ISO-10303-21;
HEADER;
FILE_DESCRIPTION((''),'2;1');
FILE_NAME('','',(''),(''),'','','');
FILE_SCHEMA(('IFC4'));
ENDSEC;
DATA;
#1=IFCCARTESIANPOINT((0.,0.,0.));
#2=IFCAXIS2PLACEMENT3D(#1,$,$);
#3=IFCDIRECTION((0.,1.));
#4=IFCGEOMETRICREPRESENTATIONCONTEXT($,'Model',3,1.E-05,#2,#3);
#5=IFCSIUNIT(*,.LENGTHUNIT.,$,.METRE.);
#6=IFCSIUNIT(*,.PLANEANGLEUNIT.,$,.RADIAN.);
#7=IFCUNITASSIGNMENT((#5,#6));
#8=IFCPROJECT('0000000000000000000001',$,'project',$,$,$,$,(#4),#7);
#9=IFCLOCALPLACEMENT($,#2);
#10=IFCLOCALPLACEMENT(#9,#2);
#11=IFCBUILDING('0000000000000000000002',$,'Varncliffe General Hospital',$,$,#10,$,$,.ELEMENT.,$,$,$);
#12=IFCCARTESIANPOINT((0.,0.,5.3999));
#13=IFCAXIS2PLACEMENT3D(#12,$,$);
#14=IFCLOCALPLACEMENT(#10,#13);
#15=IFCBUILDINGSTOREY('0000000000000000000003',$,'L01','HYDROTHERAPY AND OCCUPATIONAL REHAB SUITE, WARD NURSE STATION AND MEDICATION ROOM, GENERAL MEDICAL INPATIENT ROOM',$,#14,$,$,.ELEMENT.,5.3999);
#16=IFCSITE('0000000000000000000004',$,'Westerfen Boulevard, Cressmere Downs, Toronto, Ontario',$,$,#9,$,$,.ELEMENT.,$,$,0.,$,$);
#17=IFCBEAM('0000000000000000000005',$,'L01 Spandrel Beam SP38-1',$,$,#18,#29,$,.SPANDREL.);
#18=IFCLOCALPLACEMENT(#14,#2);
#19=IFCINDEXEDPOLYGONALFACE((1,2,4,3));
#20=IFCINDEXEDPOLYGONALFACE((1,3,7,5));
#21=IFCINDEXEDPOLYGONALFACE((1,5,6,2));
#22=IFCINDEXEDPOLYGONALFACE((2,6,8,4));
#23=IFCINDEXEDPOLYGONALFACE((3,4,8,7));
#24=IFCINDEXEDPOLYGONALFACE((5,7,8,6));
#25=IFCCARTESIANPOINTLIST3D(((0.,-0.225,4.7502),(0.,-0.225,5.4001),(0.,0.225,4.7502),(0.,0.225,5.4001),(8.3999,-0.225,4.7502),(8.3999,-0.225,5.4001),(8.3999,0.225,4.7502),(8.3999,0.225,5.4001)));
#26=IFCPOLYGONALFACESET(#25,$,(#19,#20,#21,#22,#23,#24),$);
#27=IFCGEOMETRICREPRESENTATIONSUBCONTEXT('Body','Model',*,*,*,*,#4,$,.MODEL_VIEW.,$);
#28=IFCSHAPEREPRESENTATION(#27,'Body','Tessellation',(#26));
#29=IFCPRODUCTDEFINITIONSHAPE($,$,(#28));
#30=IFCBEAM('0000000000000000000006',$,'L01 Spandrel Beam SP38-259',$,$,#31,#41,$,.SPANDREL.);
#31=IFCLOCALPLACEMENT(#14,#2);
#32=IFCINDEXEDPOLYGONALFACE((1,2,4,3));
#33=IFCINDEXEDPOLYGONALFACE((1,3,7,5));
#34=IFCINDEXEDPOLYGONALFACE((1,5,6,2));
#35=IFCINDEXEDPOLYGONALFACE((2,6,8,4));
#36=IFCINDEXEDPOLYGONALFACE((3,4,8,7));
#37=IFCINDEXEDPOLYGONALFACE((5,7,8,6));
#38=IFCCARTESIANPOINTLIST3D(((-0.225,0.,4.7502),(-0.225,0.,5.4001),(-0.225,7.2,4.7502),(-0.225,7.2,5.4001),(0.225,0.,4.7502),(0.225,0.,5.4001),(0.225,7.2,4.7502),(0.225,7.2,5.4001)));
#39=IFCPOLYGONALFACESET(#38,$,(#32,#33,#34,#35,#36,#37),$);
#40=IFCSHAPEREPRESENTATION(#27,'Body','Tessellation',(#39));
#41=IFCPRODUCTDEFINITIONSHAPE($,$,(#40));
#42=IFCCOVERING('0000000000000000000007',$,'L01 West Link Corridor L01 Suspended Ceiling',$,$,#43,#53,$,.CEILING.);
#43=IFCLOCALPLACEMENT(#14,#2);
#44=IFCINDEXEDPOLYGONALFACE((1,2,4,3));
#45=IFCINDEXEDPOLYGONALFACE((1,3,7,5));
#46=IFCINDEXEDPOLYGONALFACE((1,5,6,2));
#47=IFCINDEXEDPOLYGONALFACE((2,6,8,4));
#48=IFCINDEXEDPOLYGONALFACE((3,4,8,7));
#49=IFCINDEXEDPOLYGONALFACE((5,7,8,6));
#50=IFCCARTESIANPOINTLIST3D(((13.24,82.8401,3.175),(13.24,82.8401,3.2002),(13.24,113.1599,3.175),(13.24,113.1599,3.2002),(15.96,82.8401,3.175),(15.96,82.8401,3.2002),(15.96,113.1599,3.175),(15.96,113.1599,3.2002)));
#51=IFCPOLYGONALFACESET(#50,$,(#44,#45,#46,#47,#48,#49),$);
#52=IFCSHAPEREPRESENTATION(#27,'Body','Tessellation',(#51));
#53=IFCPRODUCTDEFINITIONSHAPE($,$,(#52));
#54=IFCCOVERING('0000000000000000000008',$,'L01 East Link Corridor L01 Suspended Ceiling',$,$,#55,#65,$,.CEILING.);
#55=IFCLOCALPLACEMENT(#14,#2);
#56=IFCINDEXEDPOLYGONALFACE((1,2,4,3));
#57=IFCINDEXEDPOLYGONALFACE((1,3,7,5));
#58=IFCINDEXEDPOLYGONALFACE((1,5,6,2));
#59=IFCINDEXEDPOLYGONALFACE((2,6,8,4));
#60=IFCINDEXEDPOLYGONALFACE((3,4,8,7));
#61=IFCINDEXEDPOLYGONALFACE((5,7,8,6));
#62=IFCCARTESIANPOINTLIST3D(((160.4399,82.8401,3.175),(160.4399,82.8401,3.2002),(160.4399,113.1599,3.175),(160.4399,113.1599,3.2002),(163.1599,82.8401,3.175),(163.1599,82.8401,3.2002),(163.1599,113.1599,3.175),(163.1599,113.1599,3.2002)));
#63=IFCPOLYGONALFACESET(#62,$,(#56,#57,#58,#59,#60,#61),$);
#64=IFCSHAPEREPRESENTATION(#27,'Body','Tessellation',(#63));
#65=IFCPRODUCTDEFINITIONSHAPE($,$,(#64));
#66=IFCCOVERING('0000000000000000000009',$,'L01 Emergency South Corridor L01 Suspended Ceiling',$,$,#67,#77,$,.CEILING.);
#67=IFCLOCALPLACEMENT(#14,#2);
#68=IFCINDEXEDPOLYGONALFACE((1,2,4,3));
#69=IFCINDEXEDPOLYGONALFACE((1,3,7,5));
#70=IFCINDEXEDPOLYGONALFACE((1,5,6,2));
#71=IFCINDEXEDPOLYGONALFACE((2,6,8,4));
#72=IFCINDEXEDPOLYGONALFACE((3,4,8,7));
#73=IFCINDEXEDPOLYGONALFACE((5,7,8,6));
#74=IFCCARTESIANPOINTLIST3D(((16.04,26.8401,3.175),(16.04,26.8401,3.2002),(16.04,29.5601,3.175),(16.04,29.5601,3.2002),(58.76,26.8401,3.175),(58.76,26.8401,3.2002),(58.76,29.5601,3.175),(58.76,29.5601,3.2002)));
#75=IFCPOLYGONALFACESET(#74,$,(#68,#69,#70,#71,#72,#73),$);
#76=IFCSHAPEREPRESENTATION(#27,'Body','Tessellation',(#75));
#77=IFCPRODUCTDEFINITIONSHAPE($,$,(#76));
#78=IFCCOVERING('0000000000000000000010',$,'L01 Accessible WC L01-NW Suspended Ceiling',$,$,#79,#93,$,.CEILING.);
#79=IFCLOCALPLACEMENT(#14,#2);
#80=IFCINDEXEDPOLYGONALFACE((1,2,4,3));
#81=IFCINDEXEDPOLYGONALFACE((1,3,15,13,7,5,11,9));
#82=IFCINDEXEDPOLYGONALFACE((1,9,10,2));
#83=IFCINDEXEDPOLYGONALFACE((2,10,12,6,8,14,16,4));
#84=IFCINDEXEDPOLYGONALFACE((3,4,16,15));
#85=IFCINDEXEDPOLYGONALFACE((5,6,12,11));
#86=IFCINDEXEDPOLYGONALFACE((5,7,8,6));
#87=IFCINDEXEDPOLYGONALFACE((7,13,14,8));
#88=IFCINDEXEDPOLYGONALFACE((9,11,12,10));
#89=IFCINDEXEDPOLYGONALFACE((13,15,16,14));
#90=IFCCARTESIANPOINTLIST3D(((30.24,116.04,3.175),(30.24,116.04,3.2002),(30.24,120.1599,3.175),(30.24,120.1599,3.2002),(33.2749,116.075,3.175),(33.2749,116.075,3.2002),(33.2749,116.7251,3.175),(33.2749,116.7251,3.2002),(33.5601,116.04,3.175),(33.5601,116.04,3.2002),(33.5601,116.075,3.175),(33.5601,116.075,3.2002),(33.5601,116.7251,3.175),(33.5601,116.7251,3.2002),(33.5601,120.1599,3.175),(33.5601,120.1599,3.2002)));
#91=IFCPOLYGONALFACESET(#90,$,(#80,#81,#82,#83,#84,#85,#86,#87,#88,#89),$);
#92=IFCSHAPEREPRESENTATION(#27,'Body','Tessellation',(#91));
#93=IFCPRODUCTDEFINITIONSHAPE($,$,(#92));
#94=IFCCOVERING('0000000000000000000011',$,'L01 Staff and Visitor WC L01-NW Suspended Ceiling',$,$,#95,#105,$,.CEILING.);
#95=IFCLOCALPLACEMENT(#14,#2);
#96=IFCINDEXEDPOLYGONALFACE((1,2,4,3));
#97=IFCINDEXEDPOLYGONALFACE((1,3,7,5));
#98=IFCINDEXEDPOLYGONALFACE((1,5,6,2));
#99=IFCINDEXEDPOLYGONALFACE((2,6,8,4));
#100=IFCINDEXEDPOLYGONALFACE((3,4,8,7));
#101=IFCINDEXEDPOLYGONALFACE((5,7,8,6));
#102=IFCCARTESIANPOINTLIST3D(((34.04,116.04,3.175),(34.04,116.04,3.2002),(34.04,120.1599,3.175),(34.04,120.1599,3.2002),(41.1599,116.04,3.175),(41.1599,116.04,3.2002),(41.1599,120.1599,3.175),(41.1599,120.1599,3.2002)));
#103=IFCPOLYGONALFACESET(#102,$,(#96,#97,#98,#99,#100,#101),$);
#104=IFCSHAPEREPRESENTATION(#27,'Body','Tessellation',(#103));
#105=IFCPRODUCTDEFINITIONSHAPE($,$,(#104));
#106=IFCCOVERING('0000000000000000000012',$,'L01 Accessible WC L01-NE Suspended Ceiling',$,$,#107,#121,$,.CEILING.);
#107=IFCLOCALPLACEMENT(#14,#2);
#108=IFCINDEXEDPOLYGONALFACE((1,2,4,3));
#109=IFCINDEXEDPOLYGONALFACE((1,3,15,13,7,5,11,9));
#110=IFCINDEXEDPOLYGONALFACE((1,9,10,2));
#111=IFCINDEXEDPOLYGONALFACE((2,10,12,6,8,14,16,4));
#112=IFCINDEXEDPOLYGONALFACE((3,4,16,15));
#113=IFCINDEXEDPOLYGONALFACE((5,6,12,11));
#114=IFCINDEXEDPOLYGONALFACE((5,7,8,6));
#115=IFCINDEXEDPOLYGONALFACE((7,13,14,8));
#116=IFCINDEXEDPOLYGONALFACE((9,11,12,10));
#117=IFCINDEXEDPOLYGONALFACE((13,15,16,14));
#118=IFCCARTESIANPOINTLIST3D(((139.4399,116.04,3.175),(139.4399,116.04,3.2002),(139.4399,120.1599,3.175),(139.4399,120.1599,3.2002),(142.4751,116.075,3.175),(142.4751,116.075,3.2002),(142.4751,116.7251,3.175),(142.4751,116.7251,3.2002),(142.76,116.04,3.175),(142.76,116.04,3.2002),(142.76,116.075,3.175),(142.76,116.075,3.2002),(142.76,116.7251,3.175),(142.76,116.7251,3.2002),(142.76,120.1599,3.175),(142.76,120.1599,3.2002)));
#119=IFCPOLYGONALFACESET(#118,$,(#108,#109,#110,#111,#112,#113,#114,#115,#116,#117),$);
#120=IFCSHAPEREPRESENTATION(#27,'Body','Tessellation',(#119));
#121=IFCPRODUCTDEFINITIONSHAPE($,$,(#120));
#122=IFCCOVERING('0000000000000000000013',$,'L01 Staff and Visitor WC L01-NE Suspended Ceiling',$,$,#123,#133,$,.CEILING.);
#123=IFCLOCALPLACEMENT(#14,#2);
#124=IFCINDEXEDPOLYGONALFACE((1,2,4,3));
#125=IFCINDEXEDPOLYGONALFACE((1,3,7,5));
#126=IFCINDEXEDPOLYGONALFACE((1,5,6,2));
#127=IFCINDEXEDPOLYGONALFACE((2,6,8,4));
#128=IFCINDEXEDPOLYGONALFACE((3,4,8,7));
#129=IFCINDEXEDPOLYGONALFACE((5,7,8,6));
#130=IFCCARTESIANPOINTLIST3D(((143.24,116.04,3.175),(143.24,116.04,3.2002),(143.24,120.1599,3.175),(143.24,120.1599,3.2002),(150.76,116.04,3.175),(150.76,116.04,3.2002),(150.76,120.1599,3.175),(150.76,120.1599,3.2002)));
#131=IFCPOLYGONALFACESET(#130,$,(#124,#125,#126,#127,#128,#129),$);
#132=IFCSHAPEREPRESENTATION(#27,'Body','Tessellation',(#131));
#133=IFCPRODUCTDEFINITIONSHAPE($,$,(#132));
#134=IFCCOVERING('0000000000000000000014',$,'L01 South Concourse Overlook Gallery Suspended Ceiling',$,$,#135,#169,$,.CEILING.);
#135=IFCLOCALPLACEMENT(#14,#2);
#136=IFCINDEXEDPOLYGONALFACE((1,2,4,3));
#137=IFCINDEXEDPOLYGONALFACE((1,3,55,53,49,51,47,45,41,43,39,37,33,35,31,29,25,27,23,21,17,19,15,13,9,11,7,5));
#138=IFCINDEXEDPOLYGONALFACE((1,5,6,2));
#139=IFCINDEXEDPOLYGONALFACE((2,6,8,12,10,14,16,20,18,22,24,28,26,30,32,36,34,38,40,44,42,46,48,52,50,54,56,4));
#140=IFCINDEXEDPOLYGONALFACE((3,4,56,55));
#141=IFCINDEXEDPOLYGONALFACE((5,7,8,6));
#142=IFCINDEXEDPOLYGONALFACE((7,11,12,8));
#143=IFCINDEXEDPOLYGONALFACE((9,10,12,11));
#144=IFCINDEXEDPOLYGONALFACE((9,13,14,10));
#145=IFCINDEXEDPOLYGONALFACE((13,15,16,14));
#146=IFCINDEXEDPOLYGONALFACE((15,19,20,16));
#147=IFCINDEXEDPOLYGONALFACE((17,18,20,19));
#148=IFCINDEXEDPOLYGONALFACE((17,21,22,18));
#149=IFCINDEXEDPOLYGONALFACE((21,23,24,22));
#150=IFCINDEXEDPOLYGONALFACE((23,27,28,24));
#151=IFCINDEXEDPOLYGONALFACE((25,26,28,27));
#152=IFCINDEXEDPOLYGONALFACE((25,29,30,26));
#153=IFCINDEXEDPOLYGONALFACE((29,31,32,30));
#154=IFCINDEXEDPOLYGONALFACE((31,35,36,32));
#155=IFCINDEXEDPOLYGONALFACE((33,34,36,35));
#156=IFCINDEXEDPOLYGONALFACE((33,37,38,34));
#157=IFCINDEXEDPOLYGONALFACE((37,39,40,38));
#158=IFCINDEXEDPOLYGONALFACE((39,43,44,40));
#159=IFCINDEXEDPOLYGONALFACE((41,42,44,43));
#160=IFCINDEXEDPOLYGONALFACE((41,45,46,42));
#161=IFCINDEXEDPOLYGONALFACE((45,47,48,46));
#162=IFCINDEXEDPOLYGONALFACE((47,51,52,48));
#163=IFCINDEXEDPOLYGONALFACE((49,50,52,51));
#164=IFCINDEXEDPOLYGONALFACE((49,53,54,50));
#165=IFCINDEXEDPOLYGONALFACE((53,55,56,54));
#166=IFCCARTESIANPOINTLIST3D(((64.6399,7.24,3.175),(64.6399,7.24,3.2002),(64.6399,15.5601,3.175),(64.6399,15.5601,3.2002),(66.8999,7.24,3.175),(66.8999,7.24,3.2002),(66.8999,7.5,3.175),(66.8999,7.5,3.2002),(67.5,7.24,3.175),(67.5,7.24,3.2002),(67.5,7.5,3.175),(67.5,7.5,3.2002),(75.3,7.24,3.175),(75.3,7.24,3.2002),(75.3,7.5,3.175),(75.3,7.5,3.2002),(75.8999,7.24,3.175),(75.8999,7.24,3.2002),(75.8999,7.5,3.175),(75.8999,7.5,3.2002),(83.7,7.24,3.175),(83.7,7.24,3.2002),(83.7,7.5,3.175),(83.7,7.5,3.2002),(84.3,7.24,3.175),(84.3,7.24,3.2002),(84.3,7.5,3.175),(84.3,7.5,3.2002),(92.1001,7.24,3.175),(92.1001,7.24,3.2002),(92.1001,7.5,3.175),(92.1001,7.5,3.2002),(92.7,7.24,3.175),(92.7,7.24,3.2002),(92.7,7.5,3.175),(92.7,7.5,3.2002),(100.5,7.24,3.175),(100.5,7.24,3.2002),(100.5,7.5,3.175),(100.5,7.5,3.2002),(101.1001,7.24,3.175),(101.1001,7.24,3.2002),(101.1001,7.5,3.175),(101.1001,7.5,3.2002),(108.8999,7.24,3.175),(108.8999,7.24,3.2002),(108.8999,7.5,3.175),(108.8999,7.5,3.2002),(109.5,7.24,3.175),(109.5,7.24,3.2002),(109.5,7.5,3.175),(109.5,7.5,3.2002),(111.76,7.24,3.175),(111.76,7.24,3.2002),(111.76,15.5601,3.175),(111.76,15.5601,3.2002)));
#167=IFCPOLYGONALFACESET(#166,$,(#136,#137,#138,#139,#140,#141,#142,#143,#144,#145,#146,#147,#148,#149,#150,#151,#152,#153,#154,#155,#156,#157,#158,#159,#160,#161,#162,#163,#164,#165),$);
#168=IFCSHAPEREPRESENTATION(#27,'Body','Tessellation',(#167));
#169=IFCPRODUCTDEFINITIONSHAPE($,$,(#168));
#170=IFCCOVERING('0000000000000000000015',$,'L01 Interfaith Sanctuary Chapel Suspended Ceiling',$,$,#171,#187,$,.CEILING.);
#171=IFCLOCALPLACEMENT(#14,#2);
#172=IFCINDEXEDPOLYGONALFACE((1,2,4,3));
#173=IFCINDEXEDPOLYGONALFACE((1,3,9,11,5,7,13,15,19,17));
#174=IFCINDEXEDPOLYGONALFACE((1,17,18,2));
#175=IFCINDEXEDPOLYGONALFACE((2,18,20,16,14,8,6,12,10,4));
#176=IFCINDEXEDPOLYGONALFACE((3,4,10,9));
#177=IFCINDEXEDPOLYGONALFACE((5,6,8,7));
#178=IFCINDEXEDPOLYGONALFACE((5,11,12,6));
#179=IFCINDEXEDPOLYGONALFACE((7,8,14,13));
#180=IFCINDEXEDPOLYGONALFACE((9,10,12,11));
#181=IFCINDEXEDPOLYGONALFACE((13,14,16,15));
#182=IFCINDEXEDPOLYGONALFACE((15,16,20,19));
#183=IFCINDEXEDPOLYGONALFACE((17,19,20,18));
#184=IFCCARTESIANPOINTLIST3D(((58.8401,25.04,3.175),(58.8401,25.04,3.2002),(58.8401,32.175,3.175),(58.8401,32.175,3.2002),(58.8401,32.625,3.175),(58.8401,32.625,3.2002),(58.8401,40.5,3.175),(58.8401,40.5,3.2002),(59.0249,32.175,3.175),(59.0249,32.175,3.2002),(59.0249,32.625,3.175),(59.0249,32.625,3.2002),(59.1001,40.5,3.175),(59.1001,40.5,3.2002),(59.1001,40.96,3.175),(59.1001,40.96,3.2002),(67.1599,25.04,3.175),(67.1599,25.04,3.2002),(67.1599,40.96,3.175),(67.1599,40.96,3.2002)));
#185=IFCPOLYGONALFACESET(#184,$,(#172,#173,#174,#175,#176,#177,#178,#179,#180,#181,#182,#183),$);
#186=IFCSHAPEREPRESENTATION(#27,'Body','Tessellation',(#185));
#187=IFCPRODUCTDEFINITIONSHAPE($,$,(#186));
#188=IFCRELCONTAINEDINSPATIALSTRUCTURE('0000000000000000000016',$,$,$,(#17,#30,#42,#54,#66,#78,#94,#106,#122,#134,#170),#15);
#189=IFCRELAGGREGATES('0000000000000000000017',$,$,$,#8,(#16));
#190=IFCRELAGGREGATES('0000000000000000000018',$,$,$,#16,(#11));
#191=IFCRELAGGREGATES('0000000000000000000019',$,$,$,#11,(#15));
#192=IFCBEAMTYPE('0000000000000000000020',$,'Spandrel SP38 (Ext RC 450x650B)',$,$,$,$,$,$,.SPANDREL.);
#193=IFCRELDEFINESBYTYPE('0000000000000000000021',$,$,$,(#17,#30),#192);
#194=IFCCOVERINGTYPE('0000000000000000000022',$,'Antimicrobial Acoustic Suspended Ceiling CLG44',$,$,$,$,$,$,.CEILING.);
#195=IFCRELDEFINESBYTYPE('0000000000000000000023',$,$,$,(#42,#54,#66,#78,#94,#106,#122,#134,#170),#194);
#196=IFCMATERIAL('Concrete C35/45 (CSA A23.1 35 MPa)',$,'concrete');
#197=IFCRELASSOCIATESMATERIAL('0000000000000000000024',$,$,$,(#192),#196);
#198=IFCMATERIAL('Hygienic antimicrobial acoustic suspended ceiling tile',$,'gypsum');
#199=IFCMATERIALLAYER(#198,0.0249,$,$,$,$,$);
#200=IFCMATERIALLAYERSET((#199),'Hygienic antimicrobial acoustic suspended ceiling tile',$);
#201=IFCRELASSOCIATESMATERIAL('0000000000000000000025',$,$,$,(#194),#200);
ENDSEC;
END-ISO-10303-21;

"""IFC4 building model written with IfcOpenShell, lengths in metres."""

from ifc_helpers import new_model, si_unit, direction, frame, origin, origin_2d, place, context, subcontext, project, spatial, polyline, rectangle, outline, extrude, material, layer, layer_set, material_profile, profile_set, type_object, element, save


model = new_model("IFC4")

# Units and contexts
model_context = context("Model", 3, precision=1e-05, world=origin(), true_north=direction((0.0, 1.0)))
body_context = subcontext(model_context, "Body", "Model", "MODEL_VIEW")
ifc_project = project(units=[si_unit("LENGTHUNIT", "METRE"), si_unit("PLANEANGLEUNIT", "RADIAN")], contexts=[model_context])

# Site, building, storey
site_placement = place(None, origin())
site = spatial("IfcSite", under=ifc_project, at=site_placement, Name="Westerfen Boulevard, Cressmere Downs, Toronto, Ontario", CompositionType="ELEMENT", RefElevation=0.0)
building_placement = place(site_placement, origin())
building = spatial("IfcBuilding", under=site, at=building_placement, Name="Varncliffe General Hospital", CompositionType="ELEMENT")
storey_placement = place(building_placement, frame((0.0, 0.0, 5.3999)))
storey = spatial("IfcBuildingStorey", under=building, at=storey_placement, Name="L01", Description="HYDROTHERAPY AND OCCUPATIONAL REHAB SUITE, WARD NURSE STATION AND MEDICATION ROOM, GENERAL MEDICAL INPATIENT ROOM", CompositionType="ELEMENT", Elevation=5.3999)

# Beams
ifc_material_1 = material(Name="Concrete C35/45 (CSA A23.1 35 MPa)", Category="concrete")
ifc_material_profile = material_profile(ifc_material_1, rectangle(XDim=0.45, YDim=0.6499, at=origin_2d()), Name="RC 450x650")
ifc_profile_set = profile_set([ifc_material_profile], Name="Concrete C35/45 (CSA A23.1 35 MPa)")
beam_type = type_object("IfcBeamType", Name="Spandrel SP38 (Ext RC 450x650B)", PredefinedType="SPANDREL", material=ifc_profile_set)
beam_1_placement = place(storey_placement, frame((0.0, 0.0, 5.0752), z_axis=(1.0, 0.0, 0.0), x_axis=(0.0, 1.0, 0.0)))
element("IfcBeam", 1, at=beam_1_placement, inside=storey, type_object=beam_type, Name="L01 Spandrel Beam SP38-1", PredefinedType="SPANDREL", context=body_context, shape_type="SweptSolid", body=[
    extrude(rectangle(XDim=0.45, YDim=0.6499, at=origin_2d()), origin(), (0.0, 0.0, 1.0), 8.3999),
])
beam_2_placement = place(storey_placement, frame((0.0, 0.0, 5.0752), z_axis=(0.0, 1.0, 0.0), x_axis=(-1.0, 0.0, 0.0)))
element("IfcBeam", 2, at=beam_2_placement, inside=storey, type_object=beam_type, Name="L01 Spandrel Beam SP38-259", PredefinedType="SPANDREL", context=body_context, shape_type="SweptSolid", body=[
    extrude(rectangle(XDim=0.45, YDim=0.6499, at=origin_2d()), origin(), (0.0, 0.0, 1.0), 7.2),
])

# Coverings
ifc_material_2 = material(Name="Hygienic antimicrobial acoustic suspended ceiling tile", Category="gypsum")
ifc_layer = layer(ifc_material_2, 0.0249)
ifc_layer_set = layer_set([ifc_layer], Name="Hygienic antimicrobial acoustic suspended ceiling tile")
covering_type = type_object("IfcCoveringType", Name="Antimicrobial Acoustic Suspended Ceiling CLG44", PredefinedType="CEILING", material=ifc_layer_set)
covering_1_placement = place(storey_placement, frame((0.0, 0.0, 3.175)))
element("IfcCovering", 3, at=covering_1_placement, inside=storey, type_object=covering_type, Name="L01 West Link Corridor L01 Suspended Ceiling", PredefinedType="CEILING", context=body_context, shape_type="SweptSolid", body=[
    extrude(outline(polyline([(15.96, 82.8401), (15.96, 113.1599), (13.24, 113.1599), (13.24, 82.8401), (15.96, 82.8401)])), origin(), (0.0, 0.0, 1.0), 0.0251),
])
covering_2_placement = place(storey_placement, frame((0.0, 0.0, 3.175)))
element("IfcCovering", 4, at=covering_2_placement, inside=storey, type_object=covering_type, Name="L01 East Link Corridor L01 Suspended Ceiling", PredefinedType="CEILING", context=body_context, shape_type="SweptSolid", body=[
    extrude(outline(polyline([(163.1599, 82.8401), (163.1599, 113.1599), (160.4399, 113.1599), (160.4399, 82.8401), (163.1599, 82.8401)])), origin(), (0.0, 0.0, 1.0), 0.0251),
])
covering_3_placement = place(storey_placement, frame((0.0, 0.0, 3.175)))
element("IfcCovering", 5, at=covering_3_placement, inside=storey, type_object=covering_type, Name="L01 Emergency South Corridor L01 Suspended Ceiling", PredefinedType="CEILING", context=body_context, shape_type="SweptSolid", body=[
    extrude(outline(polyline([(58.76, 26.8401), (58.76, 29.5601), (16.04, 29.5601), (16.04, 26.8401), (58.76, 26.8401)])), origin(), (0.0, 0.0, 1.0), 0.0251),
])
covering_4_placement = place(storey_placement, frame((0.0, 0.0, 3.175)))
element("IfcCovering", 6, at=covering_4_placement, inside=storey, type_object=covering_type, Name="L01 Accessible WC L01-NW Suspended Ceiling", PredefinedType="CEILING", context=body_context, shape_type="SweptSolid", body=[
    extrude(outline(polyline([(33.5601, 116.04), (30.24, 116.04), (30.24, 120.1599), (33.5601, 120.1599), (33.5601, 116.7251), (33.2749, 116.7251), (33.2749, 116.075), (33.5601, 116.075), (33.5601, 116.04)])), origin(), (0.0, 0.0, 1.0), 0.0251),
])
covering_5_placement = place(storey_placement, frame((0.0, 0.0, 3.175)))
element("IfcCovering", 7, at=covering_5_placement, inside=storey, type_object=covering_type, Name="L01 Staff and Visitor WC L01-NW Suspended Ceiling", PredefinedType="CEILING", context=body_context, shape_type="SweptSolid", body=[
    extrude(outline(polyline([(41.1599, 116.04), (41.1599, 120.1599), (34.04, 120.1599), (34.04, 116.04), (41.1599, 116.04)])), origin(), (0.0, 0.0, 1.0), 0.0251),
])
covering_6_placement = place(storey_placement, frame((0.0, 0.0, 3.175)))
element("IfcCovering", 8, at=covering_6_placement, inside=storey, type_object=covering_type, Name="L01 Accessible WC L01-NE Suspended Ceiling", PredefinedType="CEILING", context=body_context, shape_type="SweptSolid", body=[
    extrude(outline(polyline([(142.76, 116.04), (139.4399, 116.04), (139.4399, 120.1599), (142.76, 120.1599), (142.76, 116.7251), (142.4751, 116.7251), (142.4751, 116.075), (142.76, 116.075), (142.76, 116.04)])), origin(), (0.0, 0.0, 1.0), 0.0251),
])
covering_7_placement = place(storey_placement, frame((0.0, 0.0, 3.175)))
element("IfcCovering", 9, at=covering_7_placement, inside=storey, type_object=covering_type, Name="L01 Staff and Visitor WC L01-NE Suspended Ceiling", PredefinedType="CEILING", context=body_context, shape_type="SweptSolid", body=[
    extrude(outline(polyline([(150.76, 116.04), (150.76, 120.1599), (143.24, 120.1599), (143.24, 116.04), (150.76, 116.04)])), origin(), (0.0, 0.0, 1.0), 0.0251),
])
covering_8_placement = place(storey_placement, frame((0.0, 0.0, 3.175)))
element("IfcCovering", 10, at=covering_8_placement, inside=storey, type_object=covering_type, Name="L01 South Concourse Overlook Gallery Suspended Ceiling", PredefinedType="CEILING", context=body_context, shape_type="SweptSolid", body=[
    extrude(outline(polyline([(101.1001, 7.5), (100.5, 7.5), (100.5, 7.24), (92.7, 7.24), (92.7, 7.5), (92.1001, 7.5), (92.1001, 7.24), (84.3, 7.24), (84.3, 7.5), (83.7, 7.5), (83.7, 7.24), (75.8999, 7.24), (75.8999, 7.5), (75.3, 7.5), (75.3, 7.24), (67.5, 7.24), (67.5, 7.5), (66.8999, 7.5), (66.8999, 7.24), (64.6399, 7.24), (64.6399, 15.5601), (111.76, 15.5601), (111.76, 7.24), (109.5, 7.24), (109.5, 7.5), (108.8999, 7.5), (108.8999, 7.24), (101.1001, 7.24), (101.1001, 7.5)])), origin(), (0.0, 0.0, 1.0), 0.0251),
])
covering_9_placement = place(storey_placement, frame((0.0, 0.0, 3.175)))
element("IfcCovering", 11, at=covering_9_placement, inside=storey, type_object=covering_type, Name="L01 Interfaith Sanctuary Chapel Suspended Ceiling", PredefinedType="CEILING", context=body_context, shape_type="SweptSolid", body=[
    extrude(outline(polyline([(67.1599, 40.96), (67.1599, 25.04), (58.8401, 25.04), (58.8401, 32.175), (59.0249, 32.175), (59.0249, 32.625), (58.8401, 32.625), (58.8401, 40.5), (59.1001, 40.5), (59.1001, 40.96), (67.1599, 40.96)])), origin(), (0.0, 0.0, 1.0), 0.0251),
])

save(model, "model.ifc")
